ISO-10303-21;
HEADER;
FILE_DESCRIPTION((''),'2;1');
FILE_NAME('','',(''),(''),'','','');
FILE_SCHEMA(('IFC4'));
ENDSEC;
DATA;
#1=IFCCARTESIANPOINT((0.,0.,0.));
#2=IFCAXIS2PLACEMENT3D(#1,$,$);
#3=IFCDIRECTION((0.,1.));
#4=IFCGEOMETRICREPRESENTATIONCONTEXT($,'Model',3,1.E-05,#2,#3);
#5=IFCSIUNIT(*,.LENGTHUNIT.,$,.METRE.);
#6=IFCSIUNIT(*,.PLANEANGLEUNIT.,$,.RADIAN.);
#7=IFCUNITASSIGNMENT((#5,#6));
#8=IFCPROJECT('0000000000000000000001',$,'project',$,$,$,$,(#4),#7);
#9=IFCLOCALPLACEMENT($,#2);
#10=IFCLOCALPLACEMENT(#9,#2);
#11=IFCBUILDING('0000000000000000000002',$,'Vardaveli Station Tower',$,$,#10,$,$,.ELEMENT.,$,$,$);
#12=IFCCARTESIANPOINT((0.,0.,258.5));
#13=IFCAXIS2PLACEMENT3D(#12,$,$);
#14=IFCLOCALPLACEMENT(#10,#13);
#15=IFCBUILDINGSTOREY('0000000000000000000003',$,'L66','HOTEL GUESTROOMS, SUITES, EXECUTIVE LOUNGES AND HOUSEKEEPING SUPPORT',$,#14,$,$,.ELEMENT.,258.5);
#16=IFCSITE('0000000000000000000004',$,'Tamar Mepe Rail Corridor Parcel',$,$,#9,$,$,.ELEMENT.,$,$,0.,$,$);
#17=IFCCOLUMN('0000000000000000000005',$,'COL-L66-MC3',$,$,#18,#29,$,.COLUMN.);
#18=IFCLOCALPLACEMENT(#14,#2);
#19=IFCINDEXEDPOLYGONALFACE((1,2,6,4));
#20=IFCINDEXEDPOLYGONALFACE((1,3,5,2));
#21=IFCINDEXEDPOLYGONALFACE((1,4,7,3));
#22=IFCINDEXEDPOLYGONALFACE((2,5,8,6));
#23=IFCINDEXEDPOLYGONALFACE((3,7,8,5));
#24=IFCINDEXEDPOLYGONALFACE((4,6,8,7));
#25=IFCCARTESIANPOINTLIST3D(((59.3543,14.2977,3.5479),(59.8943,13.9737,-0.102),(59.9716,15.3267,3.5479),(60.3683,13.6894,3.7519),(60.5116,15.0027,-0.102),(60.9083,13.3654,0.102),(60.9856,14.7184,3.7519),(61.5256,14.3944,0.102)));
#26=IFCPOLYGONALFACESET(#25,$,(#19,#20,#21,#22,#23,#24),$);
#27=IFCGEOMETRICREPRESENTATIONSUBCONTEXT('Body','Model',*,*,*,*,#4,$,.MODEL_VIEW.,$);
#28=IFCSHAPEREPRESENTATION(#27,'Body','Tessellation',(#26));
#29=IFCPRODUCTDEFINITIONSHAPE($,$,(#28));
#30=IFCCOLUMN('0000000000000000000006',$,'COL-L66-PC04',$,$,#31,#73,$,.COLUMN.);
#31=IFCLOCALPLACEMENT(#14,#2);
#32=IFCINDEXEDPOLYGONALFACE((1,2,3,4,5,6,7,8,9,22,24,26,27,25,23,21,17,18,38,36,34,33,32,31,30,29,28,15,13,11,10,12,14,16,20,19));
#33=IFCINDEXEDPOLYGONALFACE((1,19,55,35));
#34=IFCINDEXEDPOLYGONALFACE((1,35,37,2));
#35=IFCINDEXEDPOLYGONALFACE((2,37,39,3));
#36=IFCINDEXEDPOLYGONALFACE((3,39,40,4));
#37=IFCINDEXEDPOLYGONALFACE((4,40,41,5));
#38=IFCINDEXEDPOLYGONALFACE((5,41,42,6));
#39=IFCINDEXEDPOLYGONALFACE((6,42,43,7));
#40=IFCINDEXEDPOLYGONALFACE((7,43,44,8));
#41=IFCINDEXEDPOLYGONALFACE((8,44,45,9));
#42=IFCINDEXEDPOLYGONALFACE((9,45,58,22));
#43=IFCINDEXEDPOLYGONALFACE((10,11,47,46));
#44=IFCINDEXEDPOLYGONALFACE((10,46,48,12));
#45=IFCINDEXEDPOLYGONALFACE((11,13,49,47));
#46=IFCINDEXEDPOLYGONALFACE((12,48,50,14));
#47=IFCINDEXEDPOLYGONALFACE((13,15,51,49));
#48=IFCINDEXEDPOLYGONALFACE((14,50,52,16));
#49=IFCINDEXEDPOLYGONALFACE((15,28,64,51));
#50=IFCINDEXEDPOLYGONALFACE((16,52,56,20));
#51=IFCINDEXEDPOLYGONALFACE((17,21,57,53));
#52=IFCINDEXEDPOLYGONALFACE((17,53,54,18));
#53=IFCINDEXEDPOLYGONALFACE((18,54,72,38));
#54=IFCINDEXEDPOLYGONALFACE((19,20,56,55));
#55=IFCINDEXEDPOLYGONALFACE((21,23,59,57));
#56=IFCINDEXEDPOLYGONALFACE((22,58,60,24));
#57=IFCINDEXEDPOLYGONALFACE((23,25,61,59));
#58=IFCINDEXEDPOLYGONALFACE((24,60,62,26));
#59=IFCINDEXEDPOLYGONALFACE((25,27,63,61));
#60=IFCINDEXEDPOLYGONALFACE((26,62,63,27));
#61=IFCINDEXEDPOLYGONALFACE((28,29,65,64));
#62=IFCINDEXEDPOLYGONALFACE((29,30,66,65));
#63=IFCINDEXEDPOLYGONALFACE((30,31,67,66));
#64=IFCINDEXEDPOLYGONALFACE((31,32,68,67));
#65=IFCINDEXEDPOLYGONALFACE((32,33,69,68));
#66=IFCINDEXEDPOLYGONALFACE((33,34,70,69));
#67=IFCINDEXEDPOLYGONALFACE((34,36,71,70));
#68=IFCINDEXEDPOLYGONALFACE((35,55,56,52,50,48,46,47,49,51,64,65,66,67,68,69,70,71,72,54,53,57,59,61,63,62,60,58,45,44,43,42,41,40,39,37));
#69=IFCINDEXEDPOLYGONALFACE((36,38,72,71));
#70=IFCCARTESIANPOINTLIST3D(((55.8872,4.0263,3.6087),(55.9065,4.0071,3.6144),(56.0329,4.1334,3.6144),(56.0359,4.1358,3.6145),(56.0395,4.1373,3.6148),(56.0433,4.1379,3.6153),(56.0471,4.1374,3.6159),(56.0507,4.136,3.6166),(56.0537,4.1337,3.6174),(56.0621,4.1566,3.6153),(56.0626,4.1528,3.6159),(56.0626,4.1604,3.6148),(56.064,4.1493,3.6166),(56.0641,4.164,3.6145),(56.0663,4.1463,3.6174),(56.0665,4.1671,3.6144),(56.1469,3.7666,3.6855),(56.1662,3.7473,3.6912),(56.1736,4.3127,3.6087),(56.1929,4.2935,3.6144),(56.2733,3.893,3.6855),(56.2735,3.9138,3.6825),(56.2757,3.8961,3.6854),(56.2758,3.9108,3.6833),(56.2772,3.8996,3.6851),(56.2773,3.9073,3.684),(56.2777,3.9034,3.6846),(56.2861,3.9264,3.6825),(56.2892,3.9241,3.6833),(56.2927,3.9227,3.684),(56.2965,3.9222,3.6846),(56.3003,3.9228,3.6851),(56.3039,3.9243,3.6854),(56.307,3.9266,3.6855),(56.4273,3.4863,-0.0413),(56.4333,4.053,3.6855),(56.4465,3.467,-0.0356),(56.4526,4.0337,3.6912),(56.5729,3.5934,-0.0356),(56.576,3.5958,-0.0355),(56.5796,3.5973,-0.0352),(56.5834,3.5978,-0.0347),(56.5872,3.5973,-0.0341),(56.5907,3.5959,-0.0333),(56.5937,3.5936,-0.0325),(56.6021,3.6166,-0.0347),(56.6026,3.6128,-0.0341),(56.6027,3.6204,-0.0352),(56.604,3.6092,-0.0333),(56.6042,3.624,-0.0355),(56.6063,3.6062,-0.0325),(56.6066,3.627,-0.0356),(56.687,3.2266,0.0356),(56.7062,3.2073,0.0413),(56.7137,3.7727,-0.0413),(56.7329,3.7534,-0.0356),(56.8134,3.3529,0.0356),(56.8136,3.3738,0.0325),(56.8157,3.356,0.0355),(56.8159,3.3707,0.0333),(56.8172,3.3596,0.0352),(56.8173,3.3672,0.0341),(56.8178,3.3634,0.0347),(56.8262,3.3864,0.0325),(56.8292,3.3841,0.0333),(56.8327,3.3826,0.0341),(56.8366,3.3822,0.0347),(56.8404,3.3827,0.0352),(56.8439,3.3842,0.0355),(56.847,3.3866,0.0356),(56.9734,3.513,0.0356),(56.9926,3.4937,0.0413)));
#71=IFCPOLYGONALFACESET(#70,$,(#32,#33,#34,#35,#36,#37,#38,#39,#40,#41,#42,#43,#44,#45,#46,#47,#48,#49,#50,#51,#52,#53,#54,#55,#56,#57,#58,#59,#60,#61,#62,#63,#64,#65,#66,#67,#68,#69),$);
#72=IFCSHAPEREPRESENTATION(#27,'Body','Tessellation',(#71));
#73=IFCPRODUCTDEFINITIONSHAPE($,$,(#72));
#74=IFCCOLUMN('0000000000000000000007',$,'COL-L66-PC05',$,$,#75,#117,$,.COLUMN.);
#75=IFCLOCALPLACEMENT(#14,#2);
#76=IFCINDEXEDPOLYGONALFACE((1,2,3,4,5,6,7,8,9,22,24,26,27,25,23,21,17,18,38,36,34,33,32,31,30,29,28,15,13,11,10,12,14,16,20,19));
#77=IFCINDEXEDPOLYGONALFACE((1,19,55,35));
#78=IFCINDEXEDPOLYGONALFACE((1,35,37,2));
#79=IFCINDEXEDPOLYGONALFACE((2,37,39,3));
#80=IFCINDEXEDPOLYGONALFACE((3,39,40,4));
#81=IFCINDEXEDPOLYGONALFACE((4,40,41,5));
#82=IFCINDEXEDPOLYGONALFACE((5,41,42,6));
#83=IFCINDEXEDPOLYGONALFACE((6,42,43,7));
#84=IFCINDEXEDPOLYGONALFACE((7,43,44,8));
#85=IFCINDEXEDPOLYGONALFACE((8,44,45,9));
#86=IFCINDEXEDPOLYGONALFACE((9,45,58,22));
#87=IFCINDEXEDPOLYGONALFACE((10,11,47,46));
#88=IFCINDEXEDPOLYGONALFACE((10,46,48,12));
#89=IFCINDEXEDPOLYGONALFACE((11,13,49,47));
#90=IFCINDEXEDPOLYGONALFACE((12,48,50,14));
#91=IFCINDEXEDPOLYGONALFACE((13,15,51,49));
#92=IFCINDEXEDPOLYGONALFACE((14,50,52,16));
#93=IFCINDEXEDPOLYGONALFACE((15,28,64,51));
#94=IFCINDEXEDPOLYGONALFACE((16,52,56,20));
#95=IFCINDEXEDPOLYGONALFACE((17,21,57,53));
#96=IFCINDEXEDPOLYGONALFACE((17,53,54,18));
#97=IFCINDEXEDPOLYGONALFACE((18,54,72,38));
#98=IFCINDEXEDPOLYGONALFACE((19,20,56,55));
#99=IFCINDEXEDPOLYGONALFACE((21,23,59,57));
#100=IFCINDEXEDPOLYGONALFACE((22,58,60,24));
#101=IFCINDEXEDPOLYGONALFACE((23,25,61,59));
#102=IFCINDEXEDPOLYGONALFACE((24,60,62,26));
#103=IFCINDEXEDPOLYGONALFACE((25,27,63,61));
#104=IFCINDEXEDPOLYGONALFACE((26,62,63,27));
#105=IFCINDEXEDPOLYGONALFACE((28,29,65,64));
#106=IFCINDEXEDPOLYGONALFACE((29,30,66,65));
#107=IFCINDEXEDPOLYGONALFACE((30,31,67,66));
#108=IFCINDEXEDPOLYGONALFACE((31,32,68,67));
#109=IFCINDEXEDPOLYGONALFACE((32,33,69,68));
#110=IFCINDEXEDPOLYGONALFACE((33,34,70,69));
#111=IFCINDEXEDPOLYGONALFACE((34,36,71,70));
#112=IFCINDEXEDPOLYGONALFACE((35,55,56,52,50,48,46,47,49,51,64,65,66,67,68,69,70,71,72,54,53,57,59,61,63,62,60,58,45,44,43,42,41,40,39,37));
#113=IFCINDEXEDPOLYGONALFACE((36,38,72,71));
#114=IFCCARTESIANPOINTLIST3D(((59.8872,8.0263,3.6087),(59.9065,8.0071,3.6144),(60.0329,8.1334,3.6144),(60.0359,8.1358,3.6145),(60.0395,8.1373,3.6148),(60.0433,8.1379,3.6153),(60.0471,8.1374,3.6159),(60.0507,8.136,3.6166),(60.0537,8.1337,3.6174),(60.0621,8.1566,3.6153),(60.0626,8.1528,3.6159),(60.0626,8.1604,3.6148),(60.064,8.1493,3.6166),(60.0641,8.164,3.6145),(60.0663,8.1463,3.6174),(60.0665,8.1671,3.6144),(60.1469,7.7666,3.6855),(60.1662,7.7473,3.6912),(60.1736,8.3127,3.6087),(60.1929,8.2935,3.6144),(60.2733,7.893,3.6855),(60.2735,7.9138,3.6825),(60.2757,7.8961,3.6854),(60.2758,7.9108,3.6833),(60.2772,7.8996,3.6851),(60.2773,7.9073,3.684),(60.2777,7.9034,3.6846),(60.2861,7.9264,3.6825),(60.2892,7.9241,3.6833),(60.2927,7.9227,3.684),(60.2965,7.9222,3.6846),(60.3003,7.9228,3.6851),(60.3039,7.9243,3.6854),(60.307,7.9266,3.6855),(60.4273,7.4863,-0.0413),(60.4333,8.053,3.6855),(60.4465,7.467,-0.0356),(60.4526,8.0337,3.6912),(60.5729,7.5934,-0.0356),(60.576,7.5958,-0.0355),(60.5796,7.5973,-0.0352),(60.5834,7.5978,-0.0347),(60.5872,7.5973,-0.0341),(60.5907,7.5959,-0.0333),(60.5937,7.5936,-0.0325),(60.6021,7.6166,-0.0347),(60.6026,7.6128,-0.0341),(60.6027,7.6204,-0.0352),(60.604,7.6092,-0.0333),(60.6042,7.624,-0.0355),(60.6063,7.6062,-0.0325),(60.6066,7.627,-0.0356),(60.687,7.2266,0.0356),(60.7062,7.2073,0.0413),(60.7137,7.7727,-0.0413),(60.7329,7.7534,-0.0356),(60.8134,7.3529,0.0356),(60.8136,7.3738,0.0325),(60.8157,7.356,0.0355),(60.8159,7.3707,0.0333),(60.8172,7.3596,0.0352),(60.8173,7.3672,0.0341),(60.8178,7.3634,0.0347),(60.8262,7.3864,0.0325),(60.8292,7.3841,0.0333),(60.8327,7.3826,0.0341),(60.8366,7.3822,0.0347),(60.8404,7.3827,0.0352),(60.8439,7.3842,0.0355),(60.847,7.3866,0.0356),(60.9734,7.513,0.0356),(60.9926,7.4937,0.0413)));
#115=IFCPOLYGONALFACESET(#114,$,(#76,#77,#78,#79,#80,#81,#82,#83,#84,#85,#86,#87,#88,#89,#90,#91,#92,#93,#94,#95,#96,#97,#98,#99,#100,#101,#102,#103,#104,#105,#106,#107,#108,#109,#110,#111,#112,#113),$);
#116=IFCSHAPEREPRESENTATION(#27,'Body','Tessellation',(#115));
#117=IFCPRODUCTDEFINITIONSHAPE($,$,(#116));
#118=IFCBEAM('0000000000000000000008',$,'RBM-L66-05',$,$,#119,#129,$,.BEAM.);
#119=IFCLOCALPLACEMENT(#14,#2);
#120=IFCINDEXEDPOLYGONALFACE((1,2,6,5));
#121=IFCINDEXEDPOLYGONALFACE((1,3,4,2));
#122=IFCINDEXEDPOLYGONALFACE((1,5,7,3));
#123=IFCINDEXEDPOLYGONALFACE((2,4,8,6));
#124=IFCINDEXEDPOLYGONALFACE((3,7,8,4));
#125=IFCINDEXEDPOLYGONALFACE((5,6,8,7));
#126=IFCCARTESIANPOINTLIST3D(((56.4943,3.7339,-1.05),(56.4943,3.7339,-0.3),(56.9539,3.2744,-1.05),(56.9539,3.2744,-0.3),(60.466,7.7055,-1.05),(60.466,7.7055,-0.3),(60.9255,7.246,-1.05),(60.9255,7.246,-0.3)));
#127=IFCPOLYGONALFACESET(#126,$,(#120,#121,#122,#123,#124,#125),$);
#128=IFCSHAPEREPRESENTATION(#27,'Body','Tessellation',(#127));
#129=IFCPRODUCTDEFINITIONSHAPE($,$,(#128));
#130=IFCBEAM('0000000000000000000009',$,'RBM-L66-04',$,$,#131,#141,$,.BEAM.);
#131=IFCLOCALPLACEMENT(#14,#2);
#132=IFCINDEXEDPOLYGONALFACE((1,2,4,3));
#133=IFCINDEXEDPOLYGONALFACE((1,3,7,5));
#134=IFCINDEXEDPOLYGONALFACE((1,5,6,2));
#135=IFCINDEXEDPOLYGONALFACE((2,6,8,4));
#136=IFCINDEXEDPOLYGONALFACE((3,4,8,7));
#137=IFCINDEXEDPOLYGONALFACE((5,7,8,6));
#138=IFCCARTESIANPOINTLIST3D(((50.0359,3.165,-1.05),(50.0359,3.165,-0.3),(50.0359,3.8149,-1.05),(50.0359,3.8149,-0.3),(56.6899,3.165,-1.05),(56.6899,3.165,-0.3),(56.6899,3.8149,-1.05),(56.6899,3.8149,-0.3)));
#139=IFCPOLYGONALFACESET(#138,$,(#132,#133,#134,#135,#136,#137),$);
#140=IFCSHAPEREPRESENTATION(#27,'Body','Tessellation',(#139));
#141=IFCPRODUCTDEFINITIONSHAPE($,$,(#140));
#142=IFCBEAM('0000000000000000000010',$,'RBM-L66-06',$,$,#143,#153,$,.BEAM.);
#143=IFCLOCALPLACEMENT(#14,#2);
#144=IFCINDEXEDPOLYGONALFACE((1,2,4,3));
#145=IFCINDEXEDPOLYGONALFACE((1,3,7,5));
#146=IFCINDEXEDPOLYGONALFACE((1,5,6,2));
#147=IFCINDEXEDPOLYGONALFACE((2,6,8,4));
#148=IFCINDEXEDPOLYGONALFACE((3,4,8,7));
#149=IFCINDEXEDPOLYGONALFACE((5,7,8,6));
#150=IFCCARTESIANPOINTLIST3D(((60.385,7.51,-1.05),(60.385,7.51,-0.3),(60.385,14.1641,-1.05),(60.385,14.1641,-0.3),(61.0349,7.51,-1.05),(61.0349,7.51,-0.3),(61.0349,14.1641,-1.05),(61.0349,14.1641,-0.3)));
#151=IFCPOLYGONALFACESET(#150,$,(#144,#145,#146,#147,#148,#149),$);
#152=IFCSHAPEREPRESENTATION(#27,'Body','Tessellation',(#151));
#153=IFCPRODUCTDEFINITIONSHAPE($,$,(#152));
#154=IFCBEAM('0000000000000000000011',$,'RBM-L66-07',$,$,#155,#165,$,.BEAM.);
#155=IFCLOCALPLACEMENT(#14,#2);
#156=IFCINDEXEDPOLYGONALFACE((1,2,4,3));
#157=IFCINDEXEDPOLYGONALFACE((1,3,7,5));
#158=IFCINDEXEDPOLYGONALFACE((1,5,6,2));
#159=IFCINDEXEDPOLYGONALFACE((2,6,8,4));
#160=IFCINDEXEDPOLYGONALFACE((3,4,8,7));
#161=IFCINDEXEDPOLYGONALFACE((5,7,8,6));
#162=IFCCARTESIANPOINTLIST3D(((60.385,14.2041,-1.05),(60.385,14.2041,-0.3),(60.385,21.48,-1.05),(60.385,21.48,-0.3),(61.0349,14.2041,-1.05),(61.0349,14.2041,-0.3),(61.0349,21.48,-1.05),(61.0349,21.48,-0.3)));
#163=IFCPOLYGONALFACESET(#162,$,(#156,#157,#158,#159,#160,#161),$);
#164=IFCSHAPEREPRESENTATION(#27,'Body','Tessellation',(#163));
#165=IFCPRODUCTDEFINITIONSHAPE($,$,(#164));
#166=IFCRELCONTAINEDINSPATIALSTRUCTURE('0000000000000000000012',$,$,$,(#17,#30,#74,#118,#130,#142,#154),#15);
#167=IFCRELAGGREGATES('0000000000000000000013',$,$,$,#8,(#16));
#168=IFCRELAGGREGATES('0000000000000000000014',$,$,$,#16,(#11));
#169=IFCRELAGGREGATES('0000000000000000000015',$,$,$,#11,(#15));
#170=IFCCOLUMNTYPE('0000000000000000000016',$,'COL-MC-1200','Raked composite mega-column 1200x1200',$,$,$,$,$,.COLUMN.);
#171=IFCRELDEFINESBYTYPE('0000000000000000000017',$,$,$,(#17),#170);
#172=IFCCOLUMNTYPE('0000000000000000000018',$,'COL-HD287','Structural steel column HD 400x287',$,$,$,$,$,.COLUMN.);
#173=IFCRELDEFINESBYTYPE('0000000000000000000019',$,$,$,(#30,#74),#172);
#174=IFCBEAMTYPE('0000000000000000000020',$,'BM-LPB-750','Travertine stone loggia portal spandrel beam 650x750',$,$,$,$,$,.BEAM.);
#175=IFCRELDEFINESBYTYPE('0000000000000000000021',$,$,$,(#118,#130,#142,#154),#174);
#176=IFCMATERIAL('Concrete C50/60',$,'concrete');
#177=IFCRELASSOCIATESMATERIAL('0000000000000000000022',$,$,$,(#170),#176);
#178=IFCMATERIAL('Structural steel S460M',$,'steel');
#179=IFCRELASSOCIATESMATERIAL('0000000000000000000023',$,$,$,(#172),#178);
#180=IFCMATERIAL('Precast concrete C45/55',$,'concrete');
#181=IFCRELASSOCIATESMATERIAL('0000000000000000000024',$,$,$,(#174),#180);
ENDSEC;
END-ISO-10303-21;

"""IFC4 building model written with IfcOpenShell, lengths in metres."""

from ifc_helpers import new_model, si_unit, direction, frame, origin, origin_2d, place, context, subcontext, project, spatial, rectangle, i_section, extrude, source, transform, mapped, material, material_profile, profile_set, type_object, element, save


model = new_model("IFC4")

# Units and contexts
model_context = context("Model", 3, precision=1e-05, world=origin(), true_north=direction((0.0, 1.0)))
body_context = subcontext(model_context, "Body", "Model", "MODEL_VIEW")
ifc_project = project(units=[si_unit("LENGTHUNIT", "METRE"), si_unit("PLANEANGLEUNIT", "RADIAN")], contexts=[model_context])

# Site, building, storey
site_placement = place(None, origin())
site = spatial("IfcSite", under=ifc_project, at=site_placement, Name="Tamar Mepe Rail Corridor Parcel", CompositionType="ELEMENT", RefElevation=0.0)
building_placement = place(site_placement, origin())
building = spatial("IfcBuilding", under=site, at=building_placement, Name="Vardaveli Station Tower", CompositionType="ELEMENT")
storey_placement = place(building_placement, frame((0.0, 0.0, 258.5)))
storey = spatial("IfcBuildingStorey", under=building, at=storey_placement, Name="L66", Description="HOTEL GUESTROOMS, SUITES, EXECUTIVE LOUNGES AND HOUSEKEEPING SUPPORT", CompositionType="ELEMENT", Elevation=258.5)

# Columns
ifc_material_1 = material(Name="Concrete C50/60", Category="concrete")
ifc_material_profile_1 = material_profile(ifc_material_1, rectangle(XDim=1.2, YDim=1.2, at=origin_2d()), Name="MC 1200x1200")
ifc_profile_set_1 = profile_set([ifc_material_profile_1], Name="Concrete C50/60")
column_type_1 = type_object("IfcColumnType", Name="COL-MC-1200", Description="Raked composite mega-column 1200x1200", PredefinedType="COLUMN", material=ifc_profile_set_1)
shared_shape_1 = source(origin(), body_context, "Body", "SweptSolid", [
    extrude(rectangle(XDim=1.2, YDim=1.2, at=origin_2d()), origin(), (0.0, 0.0, 1.0), 3.7039),
])
column_placement = place(storey_placement, frame((60.71, 14.1841, 0.0), z_axis=(-0.145805, 0.08747, 0.985439), x_axis=(-0.514439, -0.857527, 0.0)))
element("IfcColumn", 1, at=column_placement, inside=storey, type_object=column_type_1, Name="COL-L66-MC3", PredefinedType="COLUMN", context=body_context, shape_type="MappedRepresentation", body=[
    mapped(shared_shape_1, transform((0.0, 0.0, 0.0), scale=1.0)),
])
ifc_material_2 = material(Name="Structural steel S460M", Category="steel")
ifc_material_profile_2 = material_profile(ifc_material_2, i_section(OverallWidth=0.405, OverallDepth=0.4031, WebThickness=0.0178, FlangeThickness=0.0278, FilletRadius=0.0149, at=origin_2d()), Name="HD 400x287")
ifc_profile_set_2 = profile_set([ifc_material_profile_2], Name="Structural steel S460M")
column_type_2 = type_object("IfcColumnType", Name="COL-HD287", Description="Structural steel column HD 400x287", PredefinedType="COLUMN", material=ifc_profile_set_2)
shared_shape_2 = source(origin(), body_context, "Body", "SweptSolid", [
    extrude(i_section(OverallWidth=0.405, OverallDepth=0.4031, WebThickness=0.0178, FlangeThickness=0.0278, FilletRadius=0.0149, at=origin_2d()), origin(), (0.0, 0.0, 1.0), 3.729),
])
for number, where, z_axis, x_axis, name in (
    (2, (56.71, 3.49, 0.0), (-0.144823, 0.144823, 0.978802), (-0.707107, -0.707107, 0.0), "COL-L66-PC04"),
    (3, (60.71, 7.49, 0.0), (-0.144823, 0.144823, 0.978802), (-0.707107, -0.707107, 0.0), "COL-L66-PC05"),
):
    element("IfcColumn", number, at=place(storey_placement, frame(where, z_axis=z_axis, x_axis=x_axis)), inside=storey, type_object=column_type_2, Name=name, PredefinedType="COLUMN", context=body_context, shape_type="MappedRepresentation", body=[
        mapped(shared_shape_2, transform((0.0, 0.0, 0.0), scale=1.0)),
    ])

# Beams
ifc_material_3 = material(Name="Precast concrete C45/55", Category="concrete")
ifc_material_profile_3 = material_profile(ifc_material_3, rectangle(XDim=0.6499, YDim=0.75, at=origin_2d()), Name="LPB 650x750")
ifc_profile_set_3 = profile_set([ifc_material_profile_3], Name="Precast concrete C45/55")
beam_type_1 = type_object("IfcBeamType", Name="BM-LPB-750", Description="Travertine stone loggia portal spandrel beam 650x750", PredefinedType="BEAM", material=ifc_profile_set_3)
shared_shape_3 = source(origin(), body_context, "Body", "SweptSolid", [
    extrude(rectangle(XDim=0.6499, YDim=0.75, at=origin_2d()), origin(), (0.0, 0.0, 1.0), 5.6167),
])
beam_1_placement = place(storey_placement, frame((56.7241, 3.5042, -0.675), z_axis=(0.707107, 0.707107, 0.0), x_axis=(-0.707107, 0.707107, 0.0)))
element("IfcBeam", 4, at=beam_1_placement, inside=storey, type_object=beam_type_1, Name="RBM-L66-05", PredefinedType="BEAM", context=body_context, shape_type="MappedRepresentation", body=[
    mapped(shared_shape_3, transform((0.0, 0.0, 0.0), scale=1.0)),
])
shared_shape_4 = source(origin(), body_context, "Body", "SweptSolid", [
    extrude(rectangle(XDim=0.6499, YDim=0.75, at=origin_2d()), origin(), (0.0, 0.0, 1.0), 6.6541),
])
for number, where, z_axis, x_axis, name in (
    (5, (50.0359, 3.49, -0.675), (1.0, 0.0, 0.0), (0.0, 1.0, 0.0), "RBM-L66-04"),
    (6, (60.71, 7.51, -0.675), (0.0, 1.0, 0.0), (-1.0, 0.0, 0.0), "RBM-L66-06"),
):
    element("IfcBeam", number, at=place(storey_placement, frame(where, z_axis=z_axis, x_axis=x_axis)), inside=storey, type_object=beam_type_1, Name=name, PredefinedType="BEAM", context=body_context, shape_type="MappedRepresentation", body=[
        mapped(shared_shape_4, transform((0.0, 0.0, 0.0), scale=1.0)),
    ])
shared_shape_5 = source(origin(), body_context, "Body", "SweptSolid", [
    extrude(rectangle(XDim=0.6499, YDim=0.75, at=origin_2d()), origin(), (0.0, 0.0, 1.0), 7.2759),
])
beam_2_placement = place(storey_placement, frame((60.71, 14.2041, -0.675), z_axis=(0.0, 1.0, 0.0), x_axis=(-1.0, 0.0, 0.0)))
element("IfcBeam", 7, at=beam_2_placement, inside=storey, type_object=beam_type_1, Name="RBM-L66-07", PredefinedType="BEAM", context=body_context, shape_type="MappedRepresentation", body=[
    mapped(shared_shape_5, transform((0.0, 0.0, 0.0), scale=1.0)),
])

save(model, "model.ifc")
